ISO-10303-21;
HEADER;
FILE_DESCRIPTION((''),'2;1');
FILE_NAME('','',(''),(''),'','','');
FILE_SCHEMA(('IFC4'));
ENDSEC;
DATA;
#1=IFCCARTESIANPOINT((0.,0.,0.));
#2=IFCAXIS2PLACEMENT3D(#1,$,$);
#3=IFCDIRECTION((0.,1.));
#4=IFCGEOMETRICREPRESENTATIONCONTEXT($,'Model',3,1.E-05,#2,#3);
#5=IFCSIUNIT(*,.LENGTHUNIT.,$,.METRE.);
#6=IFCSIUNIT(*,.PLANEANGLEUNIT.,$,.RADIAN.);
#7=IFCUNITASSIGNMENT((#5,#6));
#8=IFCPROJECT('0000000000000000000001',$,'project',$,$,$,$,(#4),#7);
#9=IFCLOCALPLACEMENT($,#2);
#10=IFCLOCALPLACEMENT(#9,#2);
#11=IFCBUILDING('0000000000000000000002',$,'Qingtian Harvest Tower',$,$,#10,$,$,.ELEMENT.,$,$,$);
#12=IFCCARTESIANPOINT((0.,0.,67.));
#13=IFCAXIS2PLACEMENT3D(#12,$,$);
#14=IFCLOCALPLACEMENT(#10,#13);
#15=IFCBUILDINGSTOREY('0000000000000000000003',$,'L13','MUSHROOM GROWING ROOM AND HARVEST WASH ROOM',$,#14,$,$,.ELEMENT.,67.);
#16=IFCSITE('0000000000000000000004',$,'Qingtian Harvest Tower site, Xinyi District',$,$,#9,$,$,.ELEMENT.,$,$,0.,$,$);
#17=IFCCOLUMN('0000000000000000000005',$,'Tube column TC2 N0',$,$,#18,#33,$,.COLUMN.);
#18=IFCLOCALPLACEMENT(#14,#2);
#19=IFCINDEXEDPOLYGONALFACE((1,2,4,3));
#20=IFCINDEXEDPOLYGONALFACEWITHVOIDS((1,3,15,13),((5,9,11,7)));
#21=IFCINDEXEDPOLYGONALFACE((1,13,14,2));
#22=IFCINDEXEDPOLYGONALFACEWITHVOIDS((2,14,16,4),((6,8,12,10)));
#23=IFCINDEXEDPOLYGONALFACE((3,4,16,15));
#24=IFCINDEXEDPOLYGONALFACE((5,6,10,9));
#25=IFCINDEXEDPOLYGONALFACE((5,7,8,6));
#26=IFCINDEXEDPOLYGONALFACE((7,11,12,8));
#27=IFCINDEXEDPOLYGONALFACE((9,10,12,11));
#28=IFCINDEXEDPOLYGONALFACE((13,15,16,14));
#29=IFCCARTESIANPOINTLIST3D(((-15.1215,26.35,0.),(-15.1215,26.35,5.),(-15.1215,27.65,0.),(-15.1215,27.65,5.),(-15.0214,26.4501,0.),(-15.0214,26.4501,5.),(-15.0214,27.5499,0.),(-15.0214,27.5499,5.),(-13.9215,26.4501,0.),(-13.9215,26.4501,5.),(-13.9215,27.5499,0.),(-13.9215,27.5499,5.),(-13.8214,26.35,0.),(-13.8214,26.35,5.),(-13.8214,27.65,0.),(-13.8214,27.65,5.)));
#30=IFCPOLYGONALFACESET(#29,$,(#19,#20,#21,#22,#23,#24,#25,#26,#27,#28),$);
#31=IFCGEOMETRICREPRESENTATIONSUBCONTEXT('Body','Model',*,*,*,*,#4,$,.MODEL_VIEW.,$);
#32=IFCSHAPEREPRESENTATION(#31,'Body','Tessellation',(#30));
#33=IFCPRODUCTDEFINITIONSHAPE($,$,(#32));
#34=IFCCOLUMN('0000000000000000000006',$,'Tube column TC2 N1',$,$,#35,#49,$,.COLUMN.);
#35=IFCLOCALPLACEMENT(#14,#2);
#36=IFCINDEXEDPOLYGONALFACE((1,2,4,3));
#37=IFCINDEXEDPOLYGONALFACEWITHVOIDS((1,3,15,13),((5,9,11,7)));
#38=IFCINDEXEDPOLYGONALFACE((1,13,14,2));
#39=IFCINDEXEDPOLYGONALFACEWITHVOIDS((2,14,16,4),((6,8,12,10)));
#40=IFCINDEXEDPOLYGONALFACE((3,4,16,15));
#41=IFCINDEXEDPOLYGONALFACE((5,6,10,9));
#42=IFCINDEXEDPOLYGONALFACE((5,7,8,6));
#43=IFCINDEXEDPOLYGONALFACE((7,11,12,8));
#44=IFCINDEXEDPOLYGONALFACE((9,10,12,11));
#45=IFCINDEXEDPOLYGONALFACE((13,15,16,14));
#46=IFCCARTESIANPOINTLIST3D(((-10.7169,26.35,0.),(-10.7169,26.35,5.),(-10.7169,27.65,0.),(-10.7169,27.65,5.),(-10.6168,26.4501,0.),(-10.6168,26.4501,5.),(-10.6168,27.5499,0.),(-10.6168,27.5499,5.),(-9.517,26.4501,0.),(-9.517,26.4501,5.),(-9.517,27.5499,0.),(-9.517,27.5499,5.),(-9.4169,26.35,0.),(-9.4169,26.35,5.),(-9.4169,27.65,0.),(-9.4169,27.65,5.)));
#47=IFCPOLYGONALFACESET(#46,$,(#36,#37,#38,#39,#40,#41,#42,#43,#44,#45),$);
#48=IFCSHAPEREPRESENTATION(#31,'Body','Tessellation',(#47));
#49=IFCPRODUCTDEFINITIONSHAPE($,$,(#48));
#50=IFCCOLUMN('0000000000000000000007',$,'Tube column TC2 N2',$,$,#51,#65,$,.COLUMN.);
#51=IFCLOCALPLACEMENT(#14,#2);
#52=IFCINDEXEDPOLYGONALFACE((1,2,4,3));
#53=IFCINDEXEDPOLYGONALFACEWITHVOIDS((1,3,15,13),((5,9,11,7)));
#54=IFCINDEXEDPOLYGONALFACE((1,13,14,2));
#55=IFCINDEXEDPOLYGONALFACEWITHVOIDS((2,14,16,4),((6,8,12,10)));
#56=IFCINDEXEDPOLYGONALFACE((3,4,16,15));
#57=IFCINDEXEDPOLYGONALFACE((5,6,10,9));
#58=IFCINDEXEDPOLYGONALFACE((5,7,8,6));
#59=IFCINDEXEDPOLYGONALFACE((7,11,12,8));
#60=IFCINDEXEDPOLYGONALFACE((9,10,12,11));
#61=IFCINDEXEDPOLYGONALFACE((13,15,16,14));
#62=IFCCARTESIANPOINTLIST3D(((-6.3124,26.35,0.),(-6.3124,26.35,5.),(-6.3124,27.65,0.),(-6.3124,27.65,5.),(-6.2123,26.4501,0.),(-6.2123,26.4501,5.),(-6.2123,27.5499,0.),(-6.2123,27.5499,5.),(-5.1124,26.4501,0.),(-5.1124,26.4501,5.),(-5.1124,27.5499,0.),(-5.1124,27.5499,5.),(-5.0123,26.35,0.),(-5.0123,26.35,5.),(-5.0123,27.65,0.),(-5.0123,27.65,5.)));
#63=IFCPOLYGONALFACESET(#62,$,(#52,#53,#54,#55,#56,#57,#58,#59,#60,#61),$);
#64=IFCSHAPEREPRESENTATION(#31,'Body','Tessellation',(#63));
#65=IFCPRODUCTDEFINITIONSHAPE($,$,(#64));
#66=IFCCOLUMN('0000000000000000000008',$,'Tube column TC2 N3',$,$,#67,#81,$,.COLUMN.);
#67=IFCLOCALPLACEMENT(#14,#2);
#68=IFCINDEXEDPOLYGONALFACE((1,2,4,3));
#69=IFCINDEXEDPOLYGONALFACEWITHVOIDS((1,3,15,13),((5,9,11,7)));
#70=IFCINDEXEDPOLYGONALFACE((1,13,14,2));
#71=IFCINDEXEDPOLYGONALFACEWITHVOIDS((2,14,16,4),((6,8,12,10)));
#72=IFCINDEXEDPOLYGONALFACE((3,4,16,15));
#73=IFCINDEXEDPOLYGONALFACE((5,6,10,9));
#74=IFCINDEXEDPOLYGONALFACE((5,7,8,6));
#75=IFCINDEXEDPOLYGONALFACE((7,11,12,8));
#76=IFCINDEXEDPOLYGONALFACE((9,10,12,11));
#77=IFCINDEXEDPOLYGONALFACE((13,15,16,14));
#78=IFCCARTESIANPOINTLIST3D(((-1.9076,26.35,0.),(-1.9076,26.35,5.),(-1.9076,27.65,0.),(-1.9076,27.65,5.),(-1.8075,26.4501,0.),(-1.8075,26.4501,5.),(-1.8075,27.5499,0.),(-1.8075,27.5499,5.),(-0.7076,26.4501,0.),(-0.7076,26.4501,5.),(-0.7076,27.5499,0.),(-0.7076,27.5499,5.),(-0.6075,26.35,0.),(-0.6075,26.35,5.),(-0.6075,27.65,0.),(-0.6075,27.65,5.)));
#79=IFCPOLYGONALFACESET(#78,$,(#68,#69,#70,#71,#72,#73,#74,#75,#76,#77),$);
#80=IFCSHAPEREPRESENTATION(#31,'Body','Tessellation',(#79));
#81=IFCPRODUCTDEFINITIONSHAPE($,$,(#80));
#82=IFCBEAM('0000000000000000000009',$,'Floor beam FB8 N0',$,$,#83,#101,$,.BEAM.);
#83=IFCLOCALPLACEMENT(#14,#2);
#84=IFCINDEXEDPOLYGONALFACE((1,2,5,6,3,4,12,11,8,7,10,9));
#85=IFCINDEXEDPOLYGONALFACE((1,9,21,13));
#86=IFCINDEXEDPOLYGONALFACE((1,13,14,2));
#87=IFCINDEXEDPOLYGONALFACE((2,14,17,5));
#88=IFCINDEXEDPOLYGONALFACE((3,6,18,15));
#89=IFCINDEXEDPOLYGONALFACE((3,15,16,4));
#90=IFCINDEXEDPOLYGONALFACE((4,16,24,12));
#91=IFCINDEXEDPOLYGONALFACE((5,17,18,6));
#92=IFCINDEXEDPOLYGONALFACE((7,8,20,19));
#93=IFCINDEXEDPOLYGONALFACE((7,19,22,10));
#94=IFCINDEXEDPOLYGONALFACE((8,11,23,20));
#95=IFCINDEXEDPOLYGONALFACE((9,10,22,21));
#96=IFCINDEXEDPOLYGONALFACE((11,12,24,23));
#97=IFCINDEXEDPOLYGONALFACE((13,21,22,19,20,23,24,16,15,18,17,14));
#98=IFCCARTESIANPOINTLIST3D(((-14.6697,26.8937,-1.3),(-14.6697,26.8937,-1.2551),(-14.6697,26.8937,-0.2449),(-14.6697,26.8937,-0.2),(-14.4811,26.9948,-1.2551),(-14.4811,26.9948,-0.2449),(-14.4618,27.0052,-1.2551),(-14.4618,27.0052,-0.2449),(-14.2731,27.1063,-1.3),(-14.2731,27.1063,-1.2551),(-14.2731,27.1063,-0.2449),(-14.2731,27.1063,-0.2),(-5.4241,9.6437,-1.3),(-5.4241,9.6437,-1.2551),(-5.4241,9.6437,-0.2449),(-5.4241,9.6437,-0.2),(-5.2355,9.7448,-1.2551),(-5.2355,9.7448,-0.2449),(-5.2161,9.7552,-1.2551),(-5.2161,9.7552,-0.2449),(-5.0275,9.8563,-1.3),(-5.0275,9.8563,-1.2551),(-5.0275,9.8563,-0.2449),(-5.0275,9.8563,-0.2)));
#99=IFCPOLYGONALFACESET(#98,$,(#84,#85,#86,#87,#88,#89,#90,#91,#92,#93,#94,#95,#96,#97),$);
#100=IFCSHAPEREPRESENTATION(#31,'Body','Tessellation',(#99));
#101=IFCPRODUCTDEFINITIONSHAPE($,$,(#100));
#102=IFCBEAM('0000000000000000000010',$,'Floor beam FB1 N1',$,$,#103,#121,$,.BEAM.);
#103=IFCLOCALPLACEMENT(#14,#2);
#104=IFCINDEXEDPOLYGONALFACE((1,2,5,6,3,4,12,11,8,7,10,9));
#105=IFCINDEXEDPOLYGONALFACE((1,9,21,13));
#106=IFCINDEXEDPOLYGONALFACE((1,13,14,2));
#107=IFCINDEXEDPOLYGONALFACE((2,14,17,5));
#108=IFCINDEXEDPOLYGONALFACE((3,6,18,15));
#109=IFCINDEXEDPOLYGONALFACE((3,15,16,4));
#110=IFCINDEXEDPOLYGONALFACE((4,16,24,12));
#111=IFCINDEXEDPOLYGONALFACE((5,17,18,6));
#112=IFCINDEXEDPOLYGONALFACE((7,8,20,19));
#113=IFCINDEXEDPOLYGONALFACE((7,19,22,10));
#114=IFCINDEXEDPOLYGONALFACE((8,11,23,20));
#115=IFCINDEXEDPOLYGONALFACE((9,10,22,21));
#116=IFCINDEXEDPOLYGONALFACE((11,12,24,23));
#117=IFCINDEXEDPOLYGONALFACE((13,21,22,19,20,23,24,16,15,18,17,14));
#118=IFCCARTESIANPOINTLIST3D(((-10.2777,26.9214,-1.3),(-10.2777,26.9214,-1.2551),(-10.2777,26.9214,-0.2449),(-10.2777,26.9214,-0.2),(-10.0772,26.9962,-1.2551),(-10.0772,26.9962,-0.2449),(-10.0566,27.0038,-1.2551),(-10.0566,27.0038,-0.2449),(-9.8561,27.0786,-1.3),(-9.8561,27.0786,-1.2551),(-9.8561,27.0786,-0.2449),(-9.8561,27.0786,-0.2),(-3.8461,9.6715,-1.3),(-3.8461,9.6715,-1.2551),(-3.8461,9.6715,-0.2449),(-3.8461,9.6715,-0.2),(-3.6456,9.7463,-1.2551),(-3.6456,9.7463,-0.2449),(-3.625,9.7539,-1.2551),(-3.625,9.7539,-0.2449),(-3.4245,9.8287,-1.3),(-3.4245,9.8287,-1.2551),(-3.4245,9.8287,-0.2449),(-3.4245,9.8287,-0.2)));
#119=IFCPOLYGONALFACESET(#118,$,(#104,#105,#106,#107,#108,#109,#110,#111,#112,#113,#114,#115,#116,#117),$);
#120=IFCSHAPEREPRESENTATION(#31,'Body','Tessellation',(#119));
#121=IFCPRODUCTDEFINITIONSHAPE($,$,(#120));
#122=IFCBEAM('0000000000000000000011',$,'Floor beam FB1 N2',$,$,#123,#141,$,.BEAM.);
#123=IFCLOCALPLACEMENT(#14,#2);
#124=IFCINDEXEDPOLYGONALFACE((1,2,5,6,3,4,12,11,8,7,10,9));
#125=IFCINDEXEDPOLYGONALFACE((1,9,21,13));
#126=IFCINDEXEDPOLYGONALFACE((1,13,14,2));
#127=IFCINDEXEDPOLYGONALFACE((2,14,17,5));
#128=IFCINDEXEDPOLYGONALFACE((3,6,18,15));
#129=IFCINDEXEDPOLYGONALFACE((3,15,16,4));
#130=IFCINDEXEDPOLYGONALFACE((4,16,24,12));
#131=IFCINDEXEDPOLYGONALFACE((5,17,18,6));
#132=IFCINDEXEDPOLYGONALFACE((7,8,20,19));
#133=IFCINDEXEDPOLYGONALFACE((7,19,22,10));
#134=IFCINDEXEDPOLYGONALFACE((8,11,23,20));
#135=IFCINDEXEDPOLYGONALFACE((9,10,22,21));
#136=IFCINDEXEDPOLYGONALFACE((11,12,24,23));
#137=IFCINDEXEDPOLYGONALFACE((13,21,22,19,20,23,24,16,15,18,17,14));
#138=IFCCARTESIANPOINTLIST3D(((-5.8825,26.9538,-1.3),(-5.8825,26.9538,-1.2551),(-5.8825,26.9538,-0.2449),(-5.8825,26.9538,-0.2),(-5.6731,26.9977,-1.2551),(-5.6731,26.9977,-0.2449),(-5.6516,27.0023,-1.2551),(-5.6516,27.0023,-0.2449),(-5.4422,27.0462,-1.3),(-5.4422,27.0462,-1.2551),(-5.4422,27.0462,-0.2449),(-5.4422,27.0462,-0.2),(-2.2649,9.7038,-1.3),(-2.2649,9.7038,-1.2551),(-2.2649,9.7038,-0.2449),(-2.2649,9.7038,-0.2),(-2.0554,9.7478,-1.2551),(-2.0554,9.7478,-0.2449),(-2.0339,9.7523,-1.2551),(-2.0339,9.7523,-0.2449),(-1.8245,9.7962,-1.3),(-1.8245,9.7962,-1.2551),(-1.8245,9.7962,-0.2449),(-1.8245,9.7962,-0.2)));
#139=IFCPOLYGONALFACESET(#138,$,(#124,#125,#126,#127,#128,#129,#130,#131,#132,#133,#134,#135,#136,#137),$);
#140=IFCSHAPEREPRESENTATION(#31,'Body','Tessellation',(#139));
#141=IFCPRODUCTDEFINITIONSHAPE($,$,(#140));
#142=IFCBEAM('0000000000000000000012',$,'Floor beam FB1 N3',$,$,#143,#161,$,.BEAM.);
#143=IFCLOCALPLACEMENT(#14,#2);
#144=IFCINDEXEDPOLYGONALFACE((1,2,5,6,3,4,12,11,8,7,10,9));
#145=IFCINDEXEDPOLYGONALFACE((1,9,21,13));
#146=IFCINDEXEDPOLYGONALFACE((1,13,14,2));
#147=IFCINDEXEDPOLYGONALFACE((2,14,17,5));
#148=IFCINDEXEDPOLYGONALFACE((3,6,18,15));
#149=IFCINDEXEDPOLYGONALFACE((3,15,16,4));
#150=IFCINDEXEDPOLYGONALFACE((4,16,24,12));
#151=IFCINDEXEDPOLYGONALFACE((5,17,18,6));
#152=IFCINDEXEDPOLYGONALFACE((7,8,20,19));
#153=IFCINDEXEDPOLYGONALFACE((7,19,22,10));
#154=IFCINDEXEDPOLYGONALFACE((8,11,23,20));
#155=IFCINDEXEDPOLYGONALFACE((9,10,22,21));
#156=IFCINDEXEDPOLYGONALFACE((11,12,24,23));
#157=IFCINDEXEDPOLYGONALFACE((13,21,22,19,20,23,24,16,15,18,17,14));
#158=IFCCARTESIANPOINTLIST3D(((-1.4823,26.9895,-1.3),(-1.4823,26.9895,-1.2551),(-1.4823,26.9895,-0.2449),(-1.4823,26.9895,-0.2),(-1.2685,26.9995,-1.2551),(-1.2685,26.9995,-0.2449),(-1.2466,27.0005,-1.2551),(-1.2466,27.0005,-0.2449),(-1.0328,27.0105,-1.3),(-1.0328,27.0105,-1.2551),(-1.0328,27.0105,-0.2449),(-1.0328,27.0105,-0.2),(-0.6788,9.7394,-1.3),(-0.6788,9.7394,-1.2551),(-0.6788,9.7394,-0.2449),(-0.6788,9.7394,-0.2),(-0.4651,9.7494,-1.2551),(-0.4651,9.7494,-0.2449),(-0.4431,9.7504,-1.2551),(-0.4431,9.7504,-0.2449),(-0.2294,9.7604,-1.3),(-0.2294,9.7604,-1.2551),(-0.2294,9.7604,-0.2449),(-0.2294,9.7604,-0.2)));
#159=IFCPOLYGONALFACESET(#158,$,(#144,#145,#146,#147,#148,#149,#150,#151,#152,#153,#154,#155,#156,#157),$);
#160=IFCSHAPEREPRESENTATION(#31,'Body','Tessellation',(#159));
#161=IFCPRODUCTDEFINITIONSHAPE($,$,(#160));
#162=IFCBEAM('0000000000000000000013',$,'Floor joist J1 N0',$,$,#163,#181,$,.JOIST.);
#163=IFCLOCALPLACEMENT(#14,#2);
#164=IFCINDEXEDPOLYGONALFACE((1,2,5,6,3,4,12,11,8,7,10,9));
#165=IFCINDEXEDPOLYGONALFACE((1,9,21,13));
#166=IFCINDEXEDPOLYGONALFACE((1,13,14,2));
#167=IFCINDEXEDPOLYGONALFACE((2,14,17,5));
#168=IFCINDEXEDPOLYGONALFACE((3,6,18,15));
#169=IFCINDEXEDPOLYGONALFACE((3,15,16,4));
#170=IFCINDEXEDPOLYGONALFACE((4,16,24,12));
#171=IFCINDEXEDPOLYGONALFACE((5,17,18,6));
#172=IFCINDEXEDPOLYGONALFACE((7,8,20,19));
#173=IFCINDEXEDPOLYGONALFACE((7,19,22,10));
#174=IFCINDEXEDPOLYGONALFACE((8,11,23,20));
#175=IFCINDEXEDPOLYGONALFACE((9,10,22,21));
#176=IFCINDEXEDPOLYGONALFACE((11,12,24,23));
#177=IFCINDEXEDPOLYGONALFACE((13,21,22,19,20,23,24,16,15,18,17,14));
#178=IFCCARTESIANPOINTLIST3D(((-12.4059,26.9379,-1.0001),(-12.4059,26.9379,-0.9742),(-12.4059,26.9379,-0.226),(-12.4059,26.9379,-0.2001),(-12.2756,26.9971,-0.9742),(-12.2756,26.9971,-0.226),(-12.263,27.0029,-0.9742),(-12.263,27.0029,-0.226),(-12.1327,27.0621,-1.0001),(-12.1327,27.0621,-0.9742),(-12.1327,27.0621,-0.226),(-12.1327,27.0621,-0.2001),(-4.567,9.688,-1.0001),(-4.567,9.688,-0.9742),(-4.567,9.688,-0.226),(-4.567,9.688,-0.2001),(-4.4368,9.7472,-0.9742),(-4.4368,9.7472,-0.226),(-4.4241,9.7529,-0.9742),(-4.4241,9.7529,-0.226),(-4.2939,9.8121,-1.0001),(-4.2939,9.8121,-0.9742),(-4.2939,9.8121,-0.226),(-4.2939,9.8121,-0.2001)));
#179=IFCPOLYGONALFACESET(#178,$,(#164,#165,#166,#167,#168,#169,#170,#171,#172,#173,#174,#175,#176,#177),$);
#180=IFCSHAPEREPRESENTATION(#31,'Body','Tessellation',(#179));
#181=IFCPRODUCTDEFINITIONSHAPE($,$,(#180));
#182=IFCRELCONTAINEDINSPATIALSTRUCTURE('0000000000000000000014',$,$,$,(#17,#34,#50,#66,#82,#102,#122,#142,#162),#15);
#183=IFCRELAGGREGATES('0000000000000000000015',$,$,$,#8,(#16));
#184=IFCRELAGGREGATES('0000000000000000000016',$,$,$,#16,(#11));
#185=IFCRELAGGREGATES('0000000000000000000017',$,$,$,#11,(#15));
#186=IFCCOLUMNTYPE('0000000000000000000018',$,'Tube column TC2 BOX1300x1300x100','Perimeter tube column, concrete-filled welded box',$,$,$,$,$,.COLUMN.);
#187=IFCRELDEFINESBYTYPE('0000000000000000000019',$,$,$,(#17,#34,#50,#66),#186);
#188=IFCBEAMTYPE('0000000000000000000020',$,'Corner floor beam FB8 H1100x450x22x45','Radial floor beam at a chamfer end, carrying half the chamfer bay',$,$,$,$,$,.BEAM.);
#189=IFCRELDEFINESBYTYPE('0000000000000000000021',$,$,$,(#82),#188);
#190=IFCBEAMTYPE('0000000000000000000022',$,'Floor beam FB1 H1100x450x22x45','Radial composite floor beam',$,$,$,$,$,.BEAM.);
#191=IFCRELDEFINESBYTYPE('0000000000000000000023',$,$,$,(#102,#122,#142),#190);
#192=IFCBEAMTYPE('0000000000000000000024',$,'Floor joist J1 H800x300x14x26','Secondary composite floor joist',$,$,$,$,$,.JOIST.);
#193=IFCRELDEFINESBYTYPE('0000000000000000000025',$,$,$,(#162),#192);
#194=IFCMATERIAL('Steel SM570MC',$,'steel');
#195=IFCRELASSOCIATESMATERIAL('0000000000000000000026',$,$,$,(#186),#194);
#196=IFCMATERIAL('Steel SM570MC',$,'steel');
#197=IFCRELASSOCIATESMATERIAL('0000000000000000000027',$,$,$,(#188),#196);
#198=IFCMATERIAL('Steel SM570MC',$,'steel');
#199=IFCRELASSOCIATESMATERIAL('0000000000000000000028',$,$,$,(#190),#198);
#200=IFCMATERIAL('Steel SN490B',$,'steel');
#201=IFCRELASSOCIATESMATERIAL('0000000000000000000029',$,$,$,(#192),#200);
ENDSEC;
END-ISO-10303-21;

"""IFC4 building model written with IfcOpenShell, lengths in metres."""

from ifc_helpers import new_model, si_unit, direction, frame, origin, origin_2d, place, context, subcontext, project, spatial, hollow_rectangle, i_section, extrude, material, material_profile, profile_set, type_object, element, save


model = new_model("IFC4")

# Units and contexts
model_context = context("Model", 3, precision=1e-05, world=origin(), true_north=direction((0.0, 1.0)))
body_context = subcontext(model_context, "Body", "Model", "MODEL_VIEW")
ifc_project = project(units=[si_unit("LENGTHUNIT", "METRE"), si_unit("PLANEANGLEUNIT", "RADIAN")], contexts=[model_context])

# Site, building, storey
site_placement = place(None, origin())
site = spatial("IfcSite", under=ifc_project, at=site_placement, Name="Qingtian Harvest Tower site, Xinyi District", CompositionType="ELEMENT", RefElevation=0.0)
building_placement = place(site_placement, origin())
building = spatial("IfcBuilding", under=site, at=building_placement, Name="Qingtian Harvest Tower", CompositionType="ELEMENT")
storey_placement = place(building_placement, frame((0.0, 0.0, 67.0)))
storey = spatial("IfcBuildingStorey", under=building, at=storey_placement, Name="L13", Description="MUSHROOM GROWING ROOM AND HARVEST WASH ROOM", CompositionType="ELEMENT", Elevation=67.0)

# Columns
ifc_material_1 = material(Name="Steel SM570MC", Category="steel")
ifc_material_profile_1 = material_profile(ifc_material_1, hollow_rectangle(XDim=1.3, YDim=1.3, WallThickness=0.1001, at=origin_2d()), Name="BOX1300x1300x100")
ifc_profile_set_1 = profile_set([ifc_material_profile_1], Name="Steel SM570MC")
column_type = type_object("IfcColumnType", Name="Tube column TC2 BOX1300x1300x100", Description="Perimeter tube column, concrete-filled welded box", PredefinedType="COLUMN", material=ifc_profile_set_1)
for number, where, z_axis, x_axis, name in (
    (1, (-14.4714, 27.0, 0.0), (0.0, 0.0, 1.0), (-1.0, 0.0, 0.0), "Tube column TC2 N0"),
    (2, (-10.0669, 27.0, 0.0), (0.0, 0.0, 1.0), (-1.0, 0.0, 0.0), "Tube column TC2 N1"),
    (3, (-5.6624, 27.0, 0.0), (0.0, 0.0, 1.0), (-1.0, 0.0, 0.0), "Tube column TC2 N2"),
    (4, (-1.2576, 27.0, 0.0), (0.0, 0.0, 1.0), (-1.0, 0.0, 0.0), "Tube column TC2 N3"),
):
    element("IfcColumn", number, at=place(storey_placement, frame(where, z_axis=z_axis, x_axis=x_axis)), inside=storey, type_object=column_type, Name=name, PredefinedType="COLUMN", context=body_context, shape_type="SweptSolid", body=[
        extrude(hollow_rectangle(XDim=1.3, YDim=1.3, WallThickness=0.1001, at=origin_2d()), origin(), (0.0, 0.0, 1.0), 5.0),
    ])

# Beams
ifc_material_2 = material(Name="Steel SM570MC", Category="steel")
ifc_material_profile_2 = material_profile(ifc_material_2, i_section(OverallWidth=0.45, OverallDepth=1.1001, WebThickness=0.022, FlangeThickness=0.0449, at=origin_2d()), Name="H1100x450x22x45")
ifc_profile_set_2 = profile_set([ifc_material_profile_2], Name="Steel SM570MC")
beam_type_1 = type_object("IfcBeamType", Name="Corner floor beam FB8 H1100x450x22x45", Description="Radial floor beam at a chamfer end, carrying half the chamfer bay", PredefinedType="BEAM", material=ifc_profile_set_2)
beam_1_placement = place(storey_placement, frame((-14.4714, 27.0, -0.75), z_axis=(0.472401, -0.881384, 0.0), x_axis=(0.881384, 0.472401, 0.0)))
element("IfcBeam", 5, at=beam_1_placement, inside=storey, type_object=beam_type_1, Name="Floor beam FB8 N0", PredefinedType="BEAM", context=body_context, shape_type="SweptSolid", body=[
    extrude(i_section(OverallWidth=0.45, OverallDepth=1.1001, WebThickness=0.022, FlangeThickness=0.0449, at=origin_2d()), origin(), (0.0, 0.0, 1.0), 19.5715),
])
ifc_material_3 = material(Name="Steel SM570MC", Category="steel")
ifc_material_profile_3 = material_profile(ifc_material_3, i_section(OverallWidth=0.45, OverallDepth=1.1001, WebThickness=0.022, FlangeThickness=0.0449, at=origin_2d()), Name="H1100x450x22x45")
ifc_profile_set_3 = profile_set([ifc_material_profile_3], Name="Steel SM570MC")
beam_type_2 = type_object("IfcBeamType", Name="Floor beam FB1 H1100x450x22x45", Description="Radial composite floor beam", PredefinedType="BEAM", material=ifc_profile_set_3)
beam_2_placement = place(storey_placement, frame((-10.0669, 27.0, -0.75), z_axis=(0.349356, -0.93699, 0.0), x_axis=(0.93699, 0.349356, 0.0)))
element("IfcBeam", 6, at=beam_2_placement, inside=storey, type_object=beam_type_2, Name="Floor beam FB1 N1", PredefinedType="BEAM", context=body_context, shape_type="SweptSolid", body=[
    extrude(i_section(OverallWidth=0.45, OverallDepth=1.1001, WebThickness=0.022, FlangeThickness=0.0449, at=origin_2d()), origin(), (0.0, 0.0, 1.0), 18.4099),
])
beam_3_placement = place(storey_placement, frame((-5.6624, 27.0, -0.75), z_axis=(0.205255, -0.978709, 0.0), x_axis=(0.978709, 0.205255, 0.0)))
element("IfcBeam", 7, at=beam_3_placement, inside=storey, type_object=beam_type_2, Name="Floor beam FB1 N2", PredefinedType="BEAM", context=body_context, shape_type="SweptSolid", body=[
    extrude(i_section(OverallWidth=0.45, OverallDepth=1.1001, WebThickness=0.022, FlangeThickness=0.0449, at=origin_2d()), origin(), (0.0, 0.0, 1.0), 17.6252),
])
beam_4_placement = place(storey_placement, frame((-1.2576, 27.0, -0.75), z_axis=(0.046527, -0.998917, 0.0), x_axis=(0.998917, 0.046527, 0.0)))
element("IfcBeam", 8, at=beam_4_placement, inside=storey, type_object=beam_type_2, Name="Floor beam FB1 N3", PredefinedType="BEAM", context=body_context, shape_type="SweptSolid", body=[
    extrude(i_section(OverallWidth=0.45, OverallDepth=1.1001, WebThickness=0.022, FlangeThickness=0.0449, at=origin_2d()), origin(), (0.0, 0.0, 1.0), 17.2688),
])
ifc_material_4 = material(Name="Steel SN490B", Category="steel")
ifc_material_profile_4 = material_profile(ifc_material_4, i_section(OverallWidth=0.3, OverallDepth=0.8, WebThickness=0.0139, FlangeThickness=0.0259, at=origin_2d()), Name="H800x300x14x26")
ifc_profile_set_4 = profile_set([ifc_material_profile_4], Name="Steel SN490B")
beam_type_3 = type_object("IfcBeamType", Name="Floor joist J1 H800x300x14x26", Description="Secondary composite floor joist", PredefinedType="JOIST", material=ifc_profile_set_4)
beam_5_placement = place(storey_placement, frame((-12.2693, 27.0, -0.6001), z_axis=(0.413714, -0.910407, 0.0), x_axis=(0.910407, 0.413714, 0.0)))
element("IfcBeam", 9, at=beam_5_placement, inside=storey, type_object=beam_type_3, Name="Floor joist J1 N0", PredefinedType="JOIST", context=body_context, shape_type="SweptSolid", body=[
    extrude(i_section(OverallWidth=0.3, OverallDepth=0.8, WebThickness=0.0139, FlangeThickness=0.0259, at=origin_2d()), origin(), (0.0, 0.0, 1.0), 18.9475),
])

save(model, "model.ifc")
